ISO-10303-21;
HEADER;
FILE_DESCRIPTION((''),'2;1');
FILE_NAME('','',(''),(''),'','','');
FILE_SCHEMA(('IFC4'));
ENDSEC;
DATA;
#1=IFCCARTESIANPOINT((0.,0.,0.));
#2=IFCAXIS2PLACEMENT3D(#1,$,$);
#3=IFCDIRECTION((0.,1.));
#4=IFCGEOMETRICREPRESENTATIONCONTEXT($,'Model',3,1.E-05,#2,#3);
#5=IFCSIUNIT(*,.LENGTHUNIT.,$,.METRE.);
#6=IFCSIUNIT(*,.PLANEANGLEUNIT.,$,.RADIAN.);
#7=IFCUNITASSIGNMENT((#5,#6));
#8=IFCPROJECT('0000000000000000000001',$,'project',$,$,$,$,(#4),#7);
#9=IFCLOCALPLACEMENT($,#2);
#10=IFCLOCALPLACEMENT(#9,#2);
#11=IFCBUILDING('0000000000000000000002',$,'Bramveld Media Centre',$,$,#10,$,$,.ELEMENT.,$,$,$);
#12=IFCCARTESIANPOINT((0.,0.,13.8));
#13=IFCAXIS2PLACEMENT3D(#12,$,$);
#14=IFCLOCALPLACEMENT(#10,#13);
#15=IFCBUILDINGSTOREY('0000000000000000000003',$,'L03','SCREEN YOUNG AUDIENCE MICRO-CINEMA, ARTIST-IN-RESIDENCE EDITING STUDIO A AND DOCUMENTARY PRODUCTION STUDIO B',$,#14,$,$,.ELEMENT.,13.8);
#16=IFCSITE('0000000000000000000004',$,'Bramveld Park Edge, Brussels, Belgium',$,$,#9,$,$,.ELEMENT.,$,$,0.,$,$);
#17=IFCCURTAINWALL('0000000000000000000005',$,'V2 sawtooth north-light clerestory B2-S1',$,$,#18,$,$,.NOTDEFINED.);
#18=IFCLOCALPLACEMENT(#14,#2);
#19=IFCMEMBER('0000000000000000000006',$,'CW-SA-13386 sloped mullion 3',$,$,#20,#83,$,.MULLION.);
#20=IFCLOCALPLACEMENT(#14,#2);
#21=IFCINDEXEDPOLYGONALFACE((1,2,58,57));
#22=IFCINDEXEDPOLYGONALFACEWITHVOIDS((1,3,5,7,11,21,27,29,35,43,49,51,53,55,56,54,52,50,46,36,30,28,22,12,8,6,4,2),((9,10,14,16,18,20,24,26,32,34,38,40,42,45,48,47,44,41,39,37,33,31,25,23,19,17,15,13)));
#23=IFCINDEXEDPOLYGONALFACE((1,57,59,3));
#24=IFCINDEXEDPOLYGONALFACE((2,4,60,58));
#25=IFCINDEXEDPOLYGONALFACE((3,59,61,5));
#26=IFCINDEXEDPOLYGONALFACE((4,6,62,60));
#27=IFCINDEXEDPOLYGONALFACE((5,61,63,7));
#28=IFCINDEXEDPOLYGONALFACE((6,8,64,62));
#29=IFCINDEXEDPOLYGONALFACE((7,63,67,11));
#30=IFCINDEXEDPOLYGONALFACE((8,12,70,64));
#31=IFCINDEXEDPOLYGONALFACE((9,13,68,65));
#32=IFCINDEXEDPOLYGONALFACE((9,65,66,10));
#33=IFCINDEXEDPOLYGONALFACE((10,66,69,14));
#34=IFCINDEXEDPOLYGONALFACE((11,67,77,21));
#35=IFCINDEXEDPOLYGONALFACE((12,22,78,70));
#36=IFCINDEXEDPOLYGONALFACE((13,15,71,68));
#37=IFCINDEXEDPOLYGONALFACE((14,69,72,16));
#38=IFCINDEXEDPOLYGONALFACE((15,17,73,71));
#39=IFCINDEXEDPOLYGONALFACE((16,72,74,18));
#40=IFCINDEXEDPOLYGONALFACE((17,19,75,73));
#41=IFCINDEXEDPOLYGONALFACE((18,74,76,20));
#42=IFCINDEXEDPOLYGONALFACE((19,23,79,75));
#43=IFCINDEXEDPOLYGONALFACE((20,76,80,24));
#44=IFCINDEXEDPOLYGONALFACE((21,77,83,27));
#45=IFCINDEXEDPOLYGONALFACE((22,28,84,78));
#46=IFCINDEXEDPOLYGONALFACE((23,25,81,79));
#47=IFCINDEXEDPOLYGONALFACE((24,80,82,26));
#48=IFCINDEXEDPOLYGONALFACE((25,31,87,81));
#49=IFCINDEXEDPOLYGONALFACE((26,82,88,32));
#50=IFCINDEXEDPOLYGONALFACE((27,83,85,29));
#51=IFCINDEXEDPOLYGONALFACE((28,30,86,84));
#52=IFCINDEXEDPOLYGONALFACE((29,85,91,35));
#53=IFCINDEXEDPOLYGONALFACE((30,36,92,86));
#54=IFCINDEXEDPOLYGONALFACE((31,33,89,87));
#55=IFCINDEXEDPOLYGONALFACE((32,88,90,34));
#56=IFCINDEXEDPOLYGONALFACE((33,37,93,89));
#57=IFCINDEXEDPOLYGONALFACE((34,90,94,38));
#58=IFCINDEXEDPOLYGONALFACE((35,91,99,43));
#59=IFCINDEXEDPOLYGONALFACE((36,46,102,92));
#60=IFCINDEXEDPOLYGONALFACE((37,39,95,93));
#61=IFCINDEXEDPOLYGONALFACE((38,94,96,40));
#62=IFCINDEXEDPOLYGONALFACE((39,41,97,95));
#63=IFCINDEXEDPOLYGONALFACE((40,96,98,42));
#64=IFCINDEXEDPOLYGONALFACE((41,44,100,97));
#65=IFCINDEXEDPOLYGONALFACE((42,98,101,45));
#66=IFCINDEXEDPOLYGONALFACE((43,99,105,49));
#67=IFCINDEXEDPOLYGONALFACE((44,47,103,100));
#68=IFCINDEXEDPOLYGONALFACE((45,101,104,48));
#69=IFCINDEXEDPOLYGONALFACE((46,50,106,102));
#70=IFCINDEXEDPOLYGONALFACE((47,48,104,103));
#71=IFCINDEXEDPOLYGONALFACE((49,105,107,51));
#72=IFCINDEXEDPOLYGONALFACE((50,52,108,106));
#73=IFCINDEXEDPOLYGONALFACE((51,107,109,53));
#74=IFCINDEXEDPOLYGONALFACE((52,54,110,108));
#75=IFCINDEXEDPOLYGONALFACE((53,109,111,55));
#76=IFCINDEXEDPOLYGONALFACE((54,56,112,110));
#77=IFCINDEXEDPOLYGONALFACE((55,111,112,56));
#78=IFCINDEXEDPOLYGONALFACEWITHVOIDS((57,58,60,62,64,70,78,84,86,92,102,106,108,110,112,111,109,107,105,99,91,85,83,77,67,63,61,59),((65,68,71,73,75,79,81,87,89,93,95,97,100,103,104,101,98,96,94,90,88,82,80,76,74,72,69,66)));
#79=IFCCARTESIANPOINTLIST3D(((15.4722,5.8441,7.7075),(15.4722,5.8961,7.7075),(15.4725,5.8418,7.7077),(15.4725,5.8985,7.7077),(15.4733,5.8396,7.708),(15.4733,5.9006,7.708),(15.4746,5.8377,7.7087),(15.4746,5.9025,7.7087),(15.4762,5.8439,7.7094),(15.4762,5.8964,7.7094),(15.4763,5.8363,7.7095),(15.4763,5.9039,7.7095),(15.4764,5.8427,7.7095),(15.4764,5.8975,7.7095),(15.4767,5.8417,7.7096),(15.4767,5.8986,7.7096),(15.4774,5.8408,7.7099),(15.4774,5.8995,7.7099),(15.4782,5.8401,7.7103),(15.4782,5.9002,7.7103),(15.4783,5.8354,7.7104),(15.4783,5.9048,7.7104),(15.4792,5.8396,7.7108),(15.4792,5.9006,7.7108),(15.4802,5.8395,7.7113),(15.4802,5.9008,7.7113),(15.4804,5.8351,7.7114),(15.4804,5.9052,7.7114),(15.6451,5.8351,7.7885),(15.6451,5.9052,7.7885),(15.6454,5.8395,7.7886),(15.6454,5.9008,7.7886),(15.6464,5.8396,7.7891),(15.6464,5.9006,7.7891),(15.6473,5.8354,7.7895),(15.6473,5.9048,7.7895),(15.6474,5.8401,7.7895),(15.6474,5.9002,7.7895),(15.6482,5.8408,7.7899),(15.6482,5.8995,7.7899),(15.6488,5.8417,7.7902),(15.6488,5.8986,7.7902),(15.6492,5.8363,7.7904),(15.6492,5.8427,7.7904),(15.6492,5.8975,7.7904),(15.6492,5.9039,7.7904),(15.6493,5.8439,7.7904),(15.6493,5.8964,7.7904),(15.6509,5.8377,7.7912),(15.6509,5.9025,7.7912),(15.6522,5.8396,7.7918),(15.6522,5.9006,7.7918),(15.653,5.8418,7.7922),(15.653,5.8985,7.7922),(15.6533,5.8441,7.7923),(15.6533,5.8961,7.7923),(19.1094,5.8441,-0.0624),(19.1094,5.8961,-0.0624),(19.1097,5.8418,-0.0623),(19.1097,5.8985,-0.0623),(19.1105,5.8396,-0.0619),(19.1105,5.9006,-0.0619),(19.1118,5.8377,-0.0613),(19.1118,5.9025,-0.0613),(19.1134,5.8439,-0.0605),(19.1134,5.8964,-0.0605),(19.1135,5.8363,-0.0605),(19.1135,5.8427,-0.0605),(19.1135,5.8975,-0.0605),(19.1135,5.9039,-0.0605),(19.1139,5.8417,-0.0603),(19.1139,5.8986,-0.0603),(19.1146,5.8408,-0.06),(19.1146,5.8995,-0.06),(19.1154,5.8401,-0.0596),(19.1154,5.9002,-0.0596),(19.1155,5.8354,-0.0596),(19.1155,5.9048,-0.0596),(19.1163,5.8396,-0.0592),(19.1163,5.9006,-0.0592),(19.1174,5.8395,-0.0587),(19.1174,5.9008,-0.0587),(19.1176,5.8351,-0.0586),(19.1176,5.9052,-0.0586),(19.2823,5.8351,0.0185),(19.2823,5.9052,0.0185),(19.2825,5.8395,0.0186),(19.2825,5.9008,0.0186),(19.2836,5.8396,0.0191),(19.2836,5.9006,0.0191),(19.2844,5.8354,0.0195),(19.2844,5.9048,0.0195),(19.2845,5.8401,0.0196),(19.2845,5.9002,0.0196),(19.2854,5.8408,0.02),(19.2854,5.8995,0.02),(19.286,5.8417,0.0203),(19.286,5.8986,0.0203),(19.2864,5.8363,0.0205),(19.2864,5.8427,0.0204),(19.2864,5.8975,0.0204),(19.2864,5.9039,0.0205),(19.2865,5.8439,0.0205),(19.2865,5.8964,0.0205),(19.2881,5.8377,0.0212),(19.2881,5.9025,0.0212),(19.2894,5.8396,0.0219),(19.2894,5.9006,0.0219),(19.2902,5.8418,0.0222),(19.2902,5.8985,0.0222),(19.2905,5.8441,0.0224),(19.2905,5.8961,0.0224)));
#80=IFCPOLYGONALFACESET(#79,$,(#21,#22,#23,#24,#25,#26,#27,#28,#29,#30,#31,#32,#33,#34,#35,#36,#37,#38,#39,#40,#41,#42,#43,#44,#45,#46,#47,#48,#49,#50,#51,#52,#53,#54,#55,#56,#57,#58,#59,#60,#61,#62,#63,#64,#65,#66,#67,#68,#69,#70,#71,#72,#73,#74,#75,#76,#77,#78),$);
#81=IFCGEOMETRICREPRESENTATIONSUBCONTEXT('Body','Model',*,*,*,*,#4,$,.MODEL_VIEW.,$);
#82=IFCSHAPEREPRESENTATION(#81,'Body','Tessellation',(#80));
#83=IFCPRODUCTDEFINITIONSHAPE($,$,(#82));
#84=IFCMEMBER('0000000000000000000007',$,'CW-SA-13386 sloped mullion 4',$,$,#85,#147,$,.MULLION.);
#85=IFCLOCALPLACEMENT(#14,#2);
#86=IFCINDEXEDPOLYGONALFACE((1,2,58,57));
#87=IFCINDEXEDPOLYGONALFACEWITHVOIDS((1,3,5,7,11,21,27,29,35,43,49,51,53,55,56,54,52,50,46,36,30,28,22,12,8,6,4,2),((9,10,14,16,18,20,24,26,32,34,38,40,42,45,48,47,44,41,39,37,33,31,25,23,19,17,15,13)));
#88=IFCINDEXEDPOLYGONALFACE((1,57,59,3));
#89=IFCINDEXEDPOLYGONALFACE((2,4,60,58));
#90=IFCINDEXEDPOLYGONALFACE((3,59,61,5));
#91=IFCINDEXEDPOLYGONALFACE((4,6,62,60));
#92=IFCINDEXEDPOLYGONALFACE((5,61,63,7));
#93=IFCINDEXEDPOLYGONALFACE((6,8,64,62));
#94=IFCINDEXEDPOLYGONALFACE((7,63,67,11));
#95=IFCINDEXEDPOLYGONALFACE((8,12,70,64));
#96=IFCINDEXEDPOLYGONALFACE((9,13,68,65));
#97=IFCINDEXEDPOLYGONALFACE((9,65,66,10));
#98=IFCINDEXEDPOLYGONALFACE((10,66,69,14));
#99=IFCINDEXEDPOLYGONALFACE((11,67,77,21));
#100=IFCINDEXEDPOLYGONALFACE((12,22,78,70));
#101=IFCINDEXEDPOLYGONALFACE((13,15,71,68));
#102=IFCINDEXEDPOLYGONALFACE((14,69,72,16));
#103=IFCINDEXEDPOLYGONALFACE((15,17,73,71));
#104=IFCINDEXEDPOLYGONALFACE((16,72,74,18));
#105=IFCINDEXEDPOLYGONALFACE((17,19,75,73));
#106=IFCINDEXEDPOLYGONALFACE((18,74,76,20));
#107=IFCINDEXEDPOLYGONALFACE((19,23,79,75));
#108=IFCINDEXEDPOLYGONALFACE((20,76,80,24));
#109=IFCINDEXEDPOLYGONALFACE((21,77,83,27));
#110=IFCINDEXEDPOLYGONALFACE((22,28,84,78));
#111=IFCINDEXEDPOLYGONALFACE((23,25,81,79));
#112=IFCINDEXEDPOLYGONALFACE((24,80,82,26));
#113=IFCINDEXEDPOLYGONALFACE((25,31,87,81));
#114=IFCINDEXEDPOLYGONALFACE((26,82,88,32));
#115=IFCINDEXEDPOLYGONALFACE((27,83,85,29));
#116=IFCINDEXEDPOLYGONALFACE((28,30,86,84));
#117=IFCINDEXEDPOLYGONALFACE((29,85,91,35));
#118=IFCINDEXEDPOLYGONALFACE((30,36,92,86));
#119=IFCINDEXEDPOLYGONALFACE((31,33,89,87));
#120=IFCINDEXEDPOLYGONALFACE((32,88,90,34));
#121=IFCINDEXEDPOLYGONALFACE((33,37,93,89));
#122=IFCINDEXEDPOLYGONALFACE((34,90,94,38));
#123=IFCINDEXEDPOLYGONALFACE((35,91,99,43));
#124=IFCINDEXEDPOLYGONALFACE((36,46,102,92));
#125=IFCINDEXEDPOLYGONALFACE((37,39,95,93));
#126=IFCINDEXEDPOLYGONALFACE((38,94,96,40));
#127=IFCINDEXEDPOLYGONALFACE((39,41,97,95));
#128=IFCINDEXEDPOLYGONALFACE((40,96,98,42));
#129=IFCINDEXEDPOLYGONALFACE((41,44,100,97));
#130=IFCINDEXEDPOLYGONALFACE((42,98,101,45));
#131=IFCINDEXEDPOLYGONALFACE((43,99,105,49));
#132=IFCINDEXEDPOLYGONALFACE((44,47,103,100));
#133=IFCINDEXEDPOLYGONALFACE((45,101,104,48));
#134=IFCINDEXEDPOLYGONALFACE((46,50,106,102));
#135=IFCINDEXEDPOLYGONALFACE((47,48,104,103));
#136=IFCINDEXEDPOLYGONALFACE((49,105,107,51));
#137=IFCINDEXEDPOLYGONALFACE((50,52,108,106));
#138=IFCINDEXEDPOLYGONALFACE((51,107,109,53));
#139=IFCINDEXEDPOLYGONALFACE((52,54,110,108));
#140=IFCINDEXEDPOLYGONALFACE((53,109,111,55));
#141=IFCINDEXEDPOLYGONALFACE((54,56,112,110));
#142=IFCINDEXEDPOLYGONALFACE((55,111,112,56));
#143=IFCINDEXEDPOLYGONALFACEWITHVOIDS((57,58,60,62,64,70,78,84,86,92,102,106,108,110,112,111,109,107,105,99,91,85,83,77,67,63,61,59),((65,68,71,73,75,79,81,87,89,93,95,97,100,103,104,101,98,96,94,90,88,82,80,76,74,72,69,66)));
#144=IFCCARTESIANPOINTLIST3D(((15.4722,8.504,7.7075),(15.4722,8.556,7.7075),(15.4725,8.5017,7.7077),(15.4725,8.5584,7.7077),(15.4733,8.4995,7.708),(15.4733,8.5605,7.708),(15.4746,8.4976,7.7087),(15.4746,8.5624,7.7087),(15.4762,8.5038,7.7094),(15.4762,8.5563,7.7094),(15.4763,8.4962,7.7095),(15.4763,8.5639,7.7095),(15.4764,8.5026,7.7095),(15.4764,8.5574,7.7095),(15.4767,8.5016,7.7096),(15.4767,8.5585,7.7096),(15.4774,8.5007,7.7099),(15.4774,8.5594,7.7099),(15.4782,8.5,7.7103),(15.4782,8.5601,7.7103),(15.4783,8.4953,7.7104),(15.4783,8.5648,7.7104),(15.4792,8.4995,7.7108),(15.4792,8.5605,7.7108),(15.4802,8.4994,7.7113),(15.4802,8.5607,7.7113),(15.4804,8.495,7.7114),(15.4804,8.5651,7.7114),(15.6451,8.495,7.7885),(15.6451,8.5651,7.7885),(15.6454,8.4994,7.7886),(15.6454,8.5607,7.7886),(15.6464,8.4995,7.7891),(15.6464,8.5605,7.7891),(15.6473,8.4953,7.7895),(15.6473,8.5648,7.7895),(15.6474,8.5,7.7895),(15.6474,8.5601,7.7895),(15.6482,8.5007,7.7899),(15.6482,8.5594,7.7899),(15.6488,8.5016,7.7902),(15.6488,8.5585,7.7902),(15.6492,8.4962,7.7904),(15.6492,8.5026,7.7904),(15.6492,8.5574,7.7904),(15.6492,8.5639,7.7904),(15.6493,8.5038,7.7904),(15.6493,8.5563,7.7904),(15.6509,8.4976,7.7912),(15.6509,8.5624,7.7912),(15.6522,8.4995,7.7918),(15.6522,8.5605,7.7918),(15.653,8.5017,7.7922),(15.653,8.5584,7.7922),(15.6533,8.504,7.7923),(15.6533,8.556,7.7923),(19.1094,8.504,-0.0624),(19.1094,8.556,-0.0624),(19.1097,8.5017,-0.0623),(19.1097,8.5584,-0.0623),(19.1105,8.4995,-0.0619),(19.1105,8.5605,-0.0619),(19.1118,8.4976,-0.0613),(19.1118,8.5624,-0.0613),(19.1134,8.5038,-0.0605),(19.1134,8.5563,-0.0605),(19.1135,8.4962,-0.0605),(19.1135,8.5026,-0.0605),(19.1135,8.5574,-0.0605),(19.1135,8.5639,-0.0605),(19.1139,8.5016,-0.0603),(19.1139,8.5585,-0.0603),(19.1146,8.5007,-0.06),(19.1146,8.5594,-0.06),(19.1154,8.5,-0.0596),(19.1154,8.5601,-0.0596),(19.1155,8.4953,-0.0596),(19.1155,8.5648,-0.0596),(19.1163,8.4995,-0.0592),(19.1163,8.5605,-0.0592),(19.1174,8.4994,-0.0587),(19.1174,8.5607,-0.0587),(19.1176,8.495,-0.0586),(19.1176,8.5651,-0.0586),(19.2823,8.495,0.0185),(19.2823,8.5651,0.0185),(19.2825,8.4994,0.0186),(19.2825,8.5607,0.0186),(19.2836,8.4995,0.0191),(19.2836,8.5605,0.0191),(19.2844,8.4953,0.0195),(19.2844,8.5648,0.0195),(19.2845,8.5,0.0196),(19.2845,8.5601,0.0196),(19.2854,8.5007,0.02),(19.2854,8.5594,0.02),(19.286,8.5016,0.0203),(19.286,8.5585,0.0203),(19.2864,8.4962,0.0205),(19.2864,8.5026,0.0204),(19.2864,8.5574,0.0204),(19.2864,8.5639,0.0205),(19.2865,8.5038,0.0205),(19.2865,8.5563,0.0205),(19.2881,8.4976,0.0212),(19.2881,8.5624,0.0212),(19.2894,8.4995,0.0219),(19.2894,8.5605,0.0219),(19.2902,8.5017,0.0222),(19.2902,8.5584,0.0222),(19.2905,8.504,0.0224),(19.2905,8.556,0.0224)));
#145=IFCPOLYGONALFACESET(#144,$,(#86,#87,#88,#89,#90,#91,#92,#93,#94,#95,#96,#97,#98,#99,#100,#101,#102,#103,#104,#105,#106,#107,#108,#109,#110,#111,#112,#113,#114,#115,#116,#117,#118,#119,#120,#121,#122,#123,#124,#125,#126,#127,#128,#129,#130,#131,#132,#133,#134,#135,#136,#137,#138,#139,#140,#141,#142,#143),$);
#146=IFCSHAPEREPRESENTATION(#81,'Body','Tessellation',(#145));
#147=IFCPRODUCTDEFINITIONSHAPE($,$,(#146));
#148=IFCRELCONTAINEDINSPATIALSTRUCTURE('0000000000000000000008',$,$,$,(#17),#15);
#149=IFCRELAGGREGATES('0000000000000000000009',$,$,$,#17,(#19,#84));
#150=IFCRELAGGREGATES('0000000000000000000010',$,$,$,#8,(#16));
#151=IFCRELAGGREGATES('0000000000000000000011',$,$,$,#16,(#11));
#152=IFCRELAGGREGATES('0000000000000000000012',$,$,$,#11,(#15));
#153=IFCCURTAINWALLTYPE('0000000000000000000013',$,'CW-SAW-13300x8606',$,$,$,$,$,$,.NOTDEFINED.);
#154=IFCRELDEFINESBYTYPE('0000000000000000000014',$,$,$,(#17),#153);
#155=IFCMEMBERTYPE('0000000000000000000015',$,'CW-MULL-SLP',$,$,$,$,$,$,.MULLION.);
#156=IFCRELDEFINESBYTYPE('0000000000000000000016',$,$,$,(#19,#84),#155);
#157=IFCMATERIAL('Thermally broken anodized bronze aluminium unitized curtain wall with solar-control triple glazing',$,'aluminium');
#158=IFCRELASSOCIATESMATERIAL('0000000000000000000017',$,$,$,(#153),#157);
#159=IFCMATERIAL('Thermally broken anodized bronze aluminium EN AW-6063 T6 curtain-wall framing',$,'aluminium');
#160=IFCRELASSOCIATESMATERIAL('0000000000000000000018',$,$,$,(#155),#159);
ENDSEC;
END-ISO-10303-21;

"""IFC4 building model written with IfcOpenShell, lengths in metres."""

from ifc_helpers import new_model, si_unit, direction, frame, origin, origin_2d, place, context, subcontext, project, spatial, hollow_rectangle, extrude, material, material_profile, profile_set, type_object, element, aggregate, save


model = new_model("IFC4")

# Units and contexts
model_context = context("Model", 3, precision=1e-05, world=origin(), true_north=direction((0.0, 1.0)))
body_context = subcontext(model_context, "Body", "Model", "MODEL_VIEW")
ifc_project = project(units=[si_unit("LENGTHUNIT", "METRE"), si_unit("PLANEANGLEUNIT", "RADIAN")], contexts=[model_context])

# Site, building, storey
site_placement = place(None, origin())
site = spatial("IfcSite", under=ifc_project, at=site_placement, Name="Bramveld Park Edge, Brussels, Belgium", CompositionType="ELEMENT", RefElevation=0.0)
building_placement = place(site_placement, origin())
building = spatial("IfcBuilding", under=site, at=building_placement, Name="Bramveld Media Centre", CompositionType="ELEMENT")
storey_placement = place(building_placement, frame((0.0, 0.0, 13.8)))
storey = spatial("IfcBuildingStorey", under=building, at=storey_placement, Name="L03", Description="SCREEN YOUNG AUDIENCE MICRO-CINEMA, ARTIST-IN-RESIDENCE EDITING STUDIO A AND DOCUMENTARY PRODUCTION STUDIO B", CompositionType="ELEMENT", Elevation=13.8)

# Curtain wall, members
ifc_material_1 = material(Name="Thermally broken anodized bronze aluminium unitized curtain wall with solar-control triple glazing", Category="aluminium")
curtain_wall_type = type_object("IfcCurtainWallType", Name="CW-SAW-13300x8606", PredefinedType="NOTDEFINED", material=ifc_material_1)
curtain_wall_placement = place(storey_placement, origin())
curtain_wall = element("IfcCurtainWall", 1, at=curtain_wall_placement, inside=storey, type_object=curtain_wall_type, Name="V2 sawtooth north-light clerestory B2-S1", PredefinedType="NOTDEFINED")
ifc_material_2 = material(Name="Thermally broken anodized bronze aluminium EN AW-6063 T6 curtain-wall framing", Category="aluminium")
ifc_material_profile_1 = material_profile(ifc_material_2, hollow_rectangle(XDim=0.0701, YDim=0.2, WallThickness=0.0044, InnerFilletRadius=0.0044, OuterFilletRadius=0.009, at=origin_2d()), Name="AL-MULL 70x200")
ifc_profile_set_1 = profile_set([ifc_material_profile_1], Name="Thermally broken anodized bronze aluminium EN AW-6063 T6 curtain-wall framing")
member_type_1 = type_object("IfcMemberType", Name="CW-MULL-SLP", PredefinedType="MULLION", material=ifc_profile_set_1)
member_1_placement = place(storey_placement, frame((19.2, 5.8701, -0.02), z_axis=(-0.423957, 0.0, 0.905682), x_axis=(0.0, -1.0, 0.0)))
member_1 = element("IfcMember", 2, at=member_1_placement, type_object=member_type_1, Name="CW-SA-13386 sloped mullion 3", PredefinedType="MULLION", context=body_context, shape_type="SweptSolid", body=[
    extrude(hollow_rectangle(XDim=0.0701, YDim=0.2, WallThickness=0.0044, InnerFilletRadius=0.0044, OuterFilletRadius=0.009, at=origin_2d()), origin(), (0.0, 0.0, 1.0), 8.5791),
])
member_2_placement = place(storey_placement, frame((19.2, 8.53, -0.02), z_axis=(-0.423957, 0.0, 0.905682), x_axis=(0.0, -1.0, 0.0)))
member_2 = element("IfcMember", 3, at=member_2_placement, type_object=member_type_1, Name="CW-SA-13386 sloped mullion 4", PredefinedType="MULLION", context=body_context, shape_type="SweptSolid", body=[
    extrude(hollow_rectangle(XDim=0.0701, YDim=0.2, WallThickness=0.0044, InnerFilletRadius=0.0044, OuterFilletRadius=0.009, at=origin_2d()), origin(), (0.0, 0.0, 1.0), 8.5791),
])

aggregate(curtain_wall, [member_1, member_2])

save(model, "model.ifc")
